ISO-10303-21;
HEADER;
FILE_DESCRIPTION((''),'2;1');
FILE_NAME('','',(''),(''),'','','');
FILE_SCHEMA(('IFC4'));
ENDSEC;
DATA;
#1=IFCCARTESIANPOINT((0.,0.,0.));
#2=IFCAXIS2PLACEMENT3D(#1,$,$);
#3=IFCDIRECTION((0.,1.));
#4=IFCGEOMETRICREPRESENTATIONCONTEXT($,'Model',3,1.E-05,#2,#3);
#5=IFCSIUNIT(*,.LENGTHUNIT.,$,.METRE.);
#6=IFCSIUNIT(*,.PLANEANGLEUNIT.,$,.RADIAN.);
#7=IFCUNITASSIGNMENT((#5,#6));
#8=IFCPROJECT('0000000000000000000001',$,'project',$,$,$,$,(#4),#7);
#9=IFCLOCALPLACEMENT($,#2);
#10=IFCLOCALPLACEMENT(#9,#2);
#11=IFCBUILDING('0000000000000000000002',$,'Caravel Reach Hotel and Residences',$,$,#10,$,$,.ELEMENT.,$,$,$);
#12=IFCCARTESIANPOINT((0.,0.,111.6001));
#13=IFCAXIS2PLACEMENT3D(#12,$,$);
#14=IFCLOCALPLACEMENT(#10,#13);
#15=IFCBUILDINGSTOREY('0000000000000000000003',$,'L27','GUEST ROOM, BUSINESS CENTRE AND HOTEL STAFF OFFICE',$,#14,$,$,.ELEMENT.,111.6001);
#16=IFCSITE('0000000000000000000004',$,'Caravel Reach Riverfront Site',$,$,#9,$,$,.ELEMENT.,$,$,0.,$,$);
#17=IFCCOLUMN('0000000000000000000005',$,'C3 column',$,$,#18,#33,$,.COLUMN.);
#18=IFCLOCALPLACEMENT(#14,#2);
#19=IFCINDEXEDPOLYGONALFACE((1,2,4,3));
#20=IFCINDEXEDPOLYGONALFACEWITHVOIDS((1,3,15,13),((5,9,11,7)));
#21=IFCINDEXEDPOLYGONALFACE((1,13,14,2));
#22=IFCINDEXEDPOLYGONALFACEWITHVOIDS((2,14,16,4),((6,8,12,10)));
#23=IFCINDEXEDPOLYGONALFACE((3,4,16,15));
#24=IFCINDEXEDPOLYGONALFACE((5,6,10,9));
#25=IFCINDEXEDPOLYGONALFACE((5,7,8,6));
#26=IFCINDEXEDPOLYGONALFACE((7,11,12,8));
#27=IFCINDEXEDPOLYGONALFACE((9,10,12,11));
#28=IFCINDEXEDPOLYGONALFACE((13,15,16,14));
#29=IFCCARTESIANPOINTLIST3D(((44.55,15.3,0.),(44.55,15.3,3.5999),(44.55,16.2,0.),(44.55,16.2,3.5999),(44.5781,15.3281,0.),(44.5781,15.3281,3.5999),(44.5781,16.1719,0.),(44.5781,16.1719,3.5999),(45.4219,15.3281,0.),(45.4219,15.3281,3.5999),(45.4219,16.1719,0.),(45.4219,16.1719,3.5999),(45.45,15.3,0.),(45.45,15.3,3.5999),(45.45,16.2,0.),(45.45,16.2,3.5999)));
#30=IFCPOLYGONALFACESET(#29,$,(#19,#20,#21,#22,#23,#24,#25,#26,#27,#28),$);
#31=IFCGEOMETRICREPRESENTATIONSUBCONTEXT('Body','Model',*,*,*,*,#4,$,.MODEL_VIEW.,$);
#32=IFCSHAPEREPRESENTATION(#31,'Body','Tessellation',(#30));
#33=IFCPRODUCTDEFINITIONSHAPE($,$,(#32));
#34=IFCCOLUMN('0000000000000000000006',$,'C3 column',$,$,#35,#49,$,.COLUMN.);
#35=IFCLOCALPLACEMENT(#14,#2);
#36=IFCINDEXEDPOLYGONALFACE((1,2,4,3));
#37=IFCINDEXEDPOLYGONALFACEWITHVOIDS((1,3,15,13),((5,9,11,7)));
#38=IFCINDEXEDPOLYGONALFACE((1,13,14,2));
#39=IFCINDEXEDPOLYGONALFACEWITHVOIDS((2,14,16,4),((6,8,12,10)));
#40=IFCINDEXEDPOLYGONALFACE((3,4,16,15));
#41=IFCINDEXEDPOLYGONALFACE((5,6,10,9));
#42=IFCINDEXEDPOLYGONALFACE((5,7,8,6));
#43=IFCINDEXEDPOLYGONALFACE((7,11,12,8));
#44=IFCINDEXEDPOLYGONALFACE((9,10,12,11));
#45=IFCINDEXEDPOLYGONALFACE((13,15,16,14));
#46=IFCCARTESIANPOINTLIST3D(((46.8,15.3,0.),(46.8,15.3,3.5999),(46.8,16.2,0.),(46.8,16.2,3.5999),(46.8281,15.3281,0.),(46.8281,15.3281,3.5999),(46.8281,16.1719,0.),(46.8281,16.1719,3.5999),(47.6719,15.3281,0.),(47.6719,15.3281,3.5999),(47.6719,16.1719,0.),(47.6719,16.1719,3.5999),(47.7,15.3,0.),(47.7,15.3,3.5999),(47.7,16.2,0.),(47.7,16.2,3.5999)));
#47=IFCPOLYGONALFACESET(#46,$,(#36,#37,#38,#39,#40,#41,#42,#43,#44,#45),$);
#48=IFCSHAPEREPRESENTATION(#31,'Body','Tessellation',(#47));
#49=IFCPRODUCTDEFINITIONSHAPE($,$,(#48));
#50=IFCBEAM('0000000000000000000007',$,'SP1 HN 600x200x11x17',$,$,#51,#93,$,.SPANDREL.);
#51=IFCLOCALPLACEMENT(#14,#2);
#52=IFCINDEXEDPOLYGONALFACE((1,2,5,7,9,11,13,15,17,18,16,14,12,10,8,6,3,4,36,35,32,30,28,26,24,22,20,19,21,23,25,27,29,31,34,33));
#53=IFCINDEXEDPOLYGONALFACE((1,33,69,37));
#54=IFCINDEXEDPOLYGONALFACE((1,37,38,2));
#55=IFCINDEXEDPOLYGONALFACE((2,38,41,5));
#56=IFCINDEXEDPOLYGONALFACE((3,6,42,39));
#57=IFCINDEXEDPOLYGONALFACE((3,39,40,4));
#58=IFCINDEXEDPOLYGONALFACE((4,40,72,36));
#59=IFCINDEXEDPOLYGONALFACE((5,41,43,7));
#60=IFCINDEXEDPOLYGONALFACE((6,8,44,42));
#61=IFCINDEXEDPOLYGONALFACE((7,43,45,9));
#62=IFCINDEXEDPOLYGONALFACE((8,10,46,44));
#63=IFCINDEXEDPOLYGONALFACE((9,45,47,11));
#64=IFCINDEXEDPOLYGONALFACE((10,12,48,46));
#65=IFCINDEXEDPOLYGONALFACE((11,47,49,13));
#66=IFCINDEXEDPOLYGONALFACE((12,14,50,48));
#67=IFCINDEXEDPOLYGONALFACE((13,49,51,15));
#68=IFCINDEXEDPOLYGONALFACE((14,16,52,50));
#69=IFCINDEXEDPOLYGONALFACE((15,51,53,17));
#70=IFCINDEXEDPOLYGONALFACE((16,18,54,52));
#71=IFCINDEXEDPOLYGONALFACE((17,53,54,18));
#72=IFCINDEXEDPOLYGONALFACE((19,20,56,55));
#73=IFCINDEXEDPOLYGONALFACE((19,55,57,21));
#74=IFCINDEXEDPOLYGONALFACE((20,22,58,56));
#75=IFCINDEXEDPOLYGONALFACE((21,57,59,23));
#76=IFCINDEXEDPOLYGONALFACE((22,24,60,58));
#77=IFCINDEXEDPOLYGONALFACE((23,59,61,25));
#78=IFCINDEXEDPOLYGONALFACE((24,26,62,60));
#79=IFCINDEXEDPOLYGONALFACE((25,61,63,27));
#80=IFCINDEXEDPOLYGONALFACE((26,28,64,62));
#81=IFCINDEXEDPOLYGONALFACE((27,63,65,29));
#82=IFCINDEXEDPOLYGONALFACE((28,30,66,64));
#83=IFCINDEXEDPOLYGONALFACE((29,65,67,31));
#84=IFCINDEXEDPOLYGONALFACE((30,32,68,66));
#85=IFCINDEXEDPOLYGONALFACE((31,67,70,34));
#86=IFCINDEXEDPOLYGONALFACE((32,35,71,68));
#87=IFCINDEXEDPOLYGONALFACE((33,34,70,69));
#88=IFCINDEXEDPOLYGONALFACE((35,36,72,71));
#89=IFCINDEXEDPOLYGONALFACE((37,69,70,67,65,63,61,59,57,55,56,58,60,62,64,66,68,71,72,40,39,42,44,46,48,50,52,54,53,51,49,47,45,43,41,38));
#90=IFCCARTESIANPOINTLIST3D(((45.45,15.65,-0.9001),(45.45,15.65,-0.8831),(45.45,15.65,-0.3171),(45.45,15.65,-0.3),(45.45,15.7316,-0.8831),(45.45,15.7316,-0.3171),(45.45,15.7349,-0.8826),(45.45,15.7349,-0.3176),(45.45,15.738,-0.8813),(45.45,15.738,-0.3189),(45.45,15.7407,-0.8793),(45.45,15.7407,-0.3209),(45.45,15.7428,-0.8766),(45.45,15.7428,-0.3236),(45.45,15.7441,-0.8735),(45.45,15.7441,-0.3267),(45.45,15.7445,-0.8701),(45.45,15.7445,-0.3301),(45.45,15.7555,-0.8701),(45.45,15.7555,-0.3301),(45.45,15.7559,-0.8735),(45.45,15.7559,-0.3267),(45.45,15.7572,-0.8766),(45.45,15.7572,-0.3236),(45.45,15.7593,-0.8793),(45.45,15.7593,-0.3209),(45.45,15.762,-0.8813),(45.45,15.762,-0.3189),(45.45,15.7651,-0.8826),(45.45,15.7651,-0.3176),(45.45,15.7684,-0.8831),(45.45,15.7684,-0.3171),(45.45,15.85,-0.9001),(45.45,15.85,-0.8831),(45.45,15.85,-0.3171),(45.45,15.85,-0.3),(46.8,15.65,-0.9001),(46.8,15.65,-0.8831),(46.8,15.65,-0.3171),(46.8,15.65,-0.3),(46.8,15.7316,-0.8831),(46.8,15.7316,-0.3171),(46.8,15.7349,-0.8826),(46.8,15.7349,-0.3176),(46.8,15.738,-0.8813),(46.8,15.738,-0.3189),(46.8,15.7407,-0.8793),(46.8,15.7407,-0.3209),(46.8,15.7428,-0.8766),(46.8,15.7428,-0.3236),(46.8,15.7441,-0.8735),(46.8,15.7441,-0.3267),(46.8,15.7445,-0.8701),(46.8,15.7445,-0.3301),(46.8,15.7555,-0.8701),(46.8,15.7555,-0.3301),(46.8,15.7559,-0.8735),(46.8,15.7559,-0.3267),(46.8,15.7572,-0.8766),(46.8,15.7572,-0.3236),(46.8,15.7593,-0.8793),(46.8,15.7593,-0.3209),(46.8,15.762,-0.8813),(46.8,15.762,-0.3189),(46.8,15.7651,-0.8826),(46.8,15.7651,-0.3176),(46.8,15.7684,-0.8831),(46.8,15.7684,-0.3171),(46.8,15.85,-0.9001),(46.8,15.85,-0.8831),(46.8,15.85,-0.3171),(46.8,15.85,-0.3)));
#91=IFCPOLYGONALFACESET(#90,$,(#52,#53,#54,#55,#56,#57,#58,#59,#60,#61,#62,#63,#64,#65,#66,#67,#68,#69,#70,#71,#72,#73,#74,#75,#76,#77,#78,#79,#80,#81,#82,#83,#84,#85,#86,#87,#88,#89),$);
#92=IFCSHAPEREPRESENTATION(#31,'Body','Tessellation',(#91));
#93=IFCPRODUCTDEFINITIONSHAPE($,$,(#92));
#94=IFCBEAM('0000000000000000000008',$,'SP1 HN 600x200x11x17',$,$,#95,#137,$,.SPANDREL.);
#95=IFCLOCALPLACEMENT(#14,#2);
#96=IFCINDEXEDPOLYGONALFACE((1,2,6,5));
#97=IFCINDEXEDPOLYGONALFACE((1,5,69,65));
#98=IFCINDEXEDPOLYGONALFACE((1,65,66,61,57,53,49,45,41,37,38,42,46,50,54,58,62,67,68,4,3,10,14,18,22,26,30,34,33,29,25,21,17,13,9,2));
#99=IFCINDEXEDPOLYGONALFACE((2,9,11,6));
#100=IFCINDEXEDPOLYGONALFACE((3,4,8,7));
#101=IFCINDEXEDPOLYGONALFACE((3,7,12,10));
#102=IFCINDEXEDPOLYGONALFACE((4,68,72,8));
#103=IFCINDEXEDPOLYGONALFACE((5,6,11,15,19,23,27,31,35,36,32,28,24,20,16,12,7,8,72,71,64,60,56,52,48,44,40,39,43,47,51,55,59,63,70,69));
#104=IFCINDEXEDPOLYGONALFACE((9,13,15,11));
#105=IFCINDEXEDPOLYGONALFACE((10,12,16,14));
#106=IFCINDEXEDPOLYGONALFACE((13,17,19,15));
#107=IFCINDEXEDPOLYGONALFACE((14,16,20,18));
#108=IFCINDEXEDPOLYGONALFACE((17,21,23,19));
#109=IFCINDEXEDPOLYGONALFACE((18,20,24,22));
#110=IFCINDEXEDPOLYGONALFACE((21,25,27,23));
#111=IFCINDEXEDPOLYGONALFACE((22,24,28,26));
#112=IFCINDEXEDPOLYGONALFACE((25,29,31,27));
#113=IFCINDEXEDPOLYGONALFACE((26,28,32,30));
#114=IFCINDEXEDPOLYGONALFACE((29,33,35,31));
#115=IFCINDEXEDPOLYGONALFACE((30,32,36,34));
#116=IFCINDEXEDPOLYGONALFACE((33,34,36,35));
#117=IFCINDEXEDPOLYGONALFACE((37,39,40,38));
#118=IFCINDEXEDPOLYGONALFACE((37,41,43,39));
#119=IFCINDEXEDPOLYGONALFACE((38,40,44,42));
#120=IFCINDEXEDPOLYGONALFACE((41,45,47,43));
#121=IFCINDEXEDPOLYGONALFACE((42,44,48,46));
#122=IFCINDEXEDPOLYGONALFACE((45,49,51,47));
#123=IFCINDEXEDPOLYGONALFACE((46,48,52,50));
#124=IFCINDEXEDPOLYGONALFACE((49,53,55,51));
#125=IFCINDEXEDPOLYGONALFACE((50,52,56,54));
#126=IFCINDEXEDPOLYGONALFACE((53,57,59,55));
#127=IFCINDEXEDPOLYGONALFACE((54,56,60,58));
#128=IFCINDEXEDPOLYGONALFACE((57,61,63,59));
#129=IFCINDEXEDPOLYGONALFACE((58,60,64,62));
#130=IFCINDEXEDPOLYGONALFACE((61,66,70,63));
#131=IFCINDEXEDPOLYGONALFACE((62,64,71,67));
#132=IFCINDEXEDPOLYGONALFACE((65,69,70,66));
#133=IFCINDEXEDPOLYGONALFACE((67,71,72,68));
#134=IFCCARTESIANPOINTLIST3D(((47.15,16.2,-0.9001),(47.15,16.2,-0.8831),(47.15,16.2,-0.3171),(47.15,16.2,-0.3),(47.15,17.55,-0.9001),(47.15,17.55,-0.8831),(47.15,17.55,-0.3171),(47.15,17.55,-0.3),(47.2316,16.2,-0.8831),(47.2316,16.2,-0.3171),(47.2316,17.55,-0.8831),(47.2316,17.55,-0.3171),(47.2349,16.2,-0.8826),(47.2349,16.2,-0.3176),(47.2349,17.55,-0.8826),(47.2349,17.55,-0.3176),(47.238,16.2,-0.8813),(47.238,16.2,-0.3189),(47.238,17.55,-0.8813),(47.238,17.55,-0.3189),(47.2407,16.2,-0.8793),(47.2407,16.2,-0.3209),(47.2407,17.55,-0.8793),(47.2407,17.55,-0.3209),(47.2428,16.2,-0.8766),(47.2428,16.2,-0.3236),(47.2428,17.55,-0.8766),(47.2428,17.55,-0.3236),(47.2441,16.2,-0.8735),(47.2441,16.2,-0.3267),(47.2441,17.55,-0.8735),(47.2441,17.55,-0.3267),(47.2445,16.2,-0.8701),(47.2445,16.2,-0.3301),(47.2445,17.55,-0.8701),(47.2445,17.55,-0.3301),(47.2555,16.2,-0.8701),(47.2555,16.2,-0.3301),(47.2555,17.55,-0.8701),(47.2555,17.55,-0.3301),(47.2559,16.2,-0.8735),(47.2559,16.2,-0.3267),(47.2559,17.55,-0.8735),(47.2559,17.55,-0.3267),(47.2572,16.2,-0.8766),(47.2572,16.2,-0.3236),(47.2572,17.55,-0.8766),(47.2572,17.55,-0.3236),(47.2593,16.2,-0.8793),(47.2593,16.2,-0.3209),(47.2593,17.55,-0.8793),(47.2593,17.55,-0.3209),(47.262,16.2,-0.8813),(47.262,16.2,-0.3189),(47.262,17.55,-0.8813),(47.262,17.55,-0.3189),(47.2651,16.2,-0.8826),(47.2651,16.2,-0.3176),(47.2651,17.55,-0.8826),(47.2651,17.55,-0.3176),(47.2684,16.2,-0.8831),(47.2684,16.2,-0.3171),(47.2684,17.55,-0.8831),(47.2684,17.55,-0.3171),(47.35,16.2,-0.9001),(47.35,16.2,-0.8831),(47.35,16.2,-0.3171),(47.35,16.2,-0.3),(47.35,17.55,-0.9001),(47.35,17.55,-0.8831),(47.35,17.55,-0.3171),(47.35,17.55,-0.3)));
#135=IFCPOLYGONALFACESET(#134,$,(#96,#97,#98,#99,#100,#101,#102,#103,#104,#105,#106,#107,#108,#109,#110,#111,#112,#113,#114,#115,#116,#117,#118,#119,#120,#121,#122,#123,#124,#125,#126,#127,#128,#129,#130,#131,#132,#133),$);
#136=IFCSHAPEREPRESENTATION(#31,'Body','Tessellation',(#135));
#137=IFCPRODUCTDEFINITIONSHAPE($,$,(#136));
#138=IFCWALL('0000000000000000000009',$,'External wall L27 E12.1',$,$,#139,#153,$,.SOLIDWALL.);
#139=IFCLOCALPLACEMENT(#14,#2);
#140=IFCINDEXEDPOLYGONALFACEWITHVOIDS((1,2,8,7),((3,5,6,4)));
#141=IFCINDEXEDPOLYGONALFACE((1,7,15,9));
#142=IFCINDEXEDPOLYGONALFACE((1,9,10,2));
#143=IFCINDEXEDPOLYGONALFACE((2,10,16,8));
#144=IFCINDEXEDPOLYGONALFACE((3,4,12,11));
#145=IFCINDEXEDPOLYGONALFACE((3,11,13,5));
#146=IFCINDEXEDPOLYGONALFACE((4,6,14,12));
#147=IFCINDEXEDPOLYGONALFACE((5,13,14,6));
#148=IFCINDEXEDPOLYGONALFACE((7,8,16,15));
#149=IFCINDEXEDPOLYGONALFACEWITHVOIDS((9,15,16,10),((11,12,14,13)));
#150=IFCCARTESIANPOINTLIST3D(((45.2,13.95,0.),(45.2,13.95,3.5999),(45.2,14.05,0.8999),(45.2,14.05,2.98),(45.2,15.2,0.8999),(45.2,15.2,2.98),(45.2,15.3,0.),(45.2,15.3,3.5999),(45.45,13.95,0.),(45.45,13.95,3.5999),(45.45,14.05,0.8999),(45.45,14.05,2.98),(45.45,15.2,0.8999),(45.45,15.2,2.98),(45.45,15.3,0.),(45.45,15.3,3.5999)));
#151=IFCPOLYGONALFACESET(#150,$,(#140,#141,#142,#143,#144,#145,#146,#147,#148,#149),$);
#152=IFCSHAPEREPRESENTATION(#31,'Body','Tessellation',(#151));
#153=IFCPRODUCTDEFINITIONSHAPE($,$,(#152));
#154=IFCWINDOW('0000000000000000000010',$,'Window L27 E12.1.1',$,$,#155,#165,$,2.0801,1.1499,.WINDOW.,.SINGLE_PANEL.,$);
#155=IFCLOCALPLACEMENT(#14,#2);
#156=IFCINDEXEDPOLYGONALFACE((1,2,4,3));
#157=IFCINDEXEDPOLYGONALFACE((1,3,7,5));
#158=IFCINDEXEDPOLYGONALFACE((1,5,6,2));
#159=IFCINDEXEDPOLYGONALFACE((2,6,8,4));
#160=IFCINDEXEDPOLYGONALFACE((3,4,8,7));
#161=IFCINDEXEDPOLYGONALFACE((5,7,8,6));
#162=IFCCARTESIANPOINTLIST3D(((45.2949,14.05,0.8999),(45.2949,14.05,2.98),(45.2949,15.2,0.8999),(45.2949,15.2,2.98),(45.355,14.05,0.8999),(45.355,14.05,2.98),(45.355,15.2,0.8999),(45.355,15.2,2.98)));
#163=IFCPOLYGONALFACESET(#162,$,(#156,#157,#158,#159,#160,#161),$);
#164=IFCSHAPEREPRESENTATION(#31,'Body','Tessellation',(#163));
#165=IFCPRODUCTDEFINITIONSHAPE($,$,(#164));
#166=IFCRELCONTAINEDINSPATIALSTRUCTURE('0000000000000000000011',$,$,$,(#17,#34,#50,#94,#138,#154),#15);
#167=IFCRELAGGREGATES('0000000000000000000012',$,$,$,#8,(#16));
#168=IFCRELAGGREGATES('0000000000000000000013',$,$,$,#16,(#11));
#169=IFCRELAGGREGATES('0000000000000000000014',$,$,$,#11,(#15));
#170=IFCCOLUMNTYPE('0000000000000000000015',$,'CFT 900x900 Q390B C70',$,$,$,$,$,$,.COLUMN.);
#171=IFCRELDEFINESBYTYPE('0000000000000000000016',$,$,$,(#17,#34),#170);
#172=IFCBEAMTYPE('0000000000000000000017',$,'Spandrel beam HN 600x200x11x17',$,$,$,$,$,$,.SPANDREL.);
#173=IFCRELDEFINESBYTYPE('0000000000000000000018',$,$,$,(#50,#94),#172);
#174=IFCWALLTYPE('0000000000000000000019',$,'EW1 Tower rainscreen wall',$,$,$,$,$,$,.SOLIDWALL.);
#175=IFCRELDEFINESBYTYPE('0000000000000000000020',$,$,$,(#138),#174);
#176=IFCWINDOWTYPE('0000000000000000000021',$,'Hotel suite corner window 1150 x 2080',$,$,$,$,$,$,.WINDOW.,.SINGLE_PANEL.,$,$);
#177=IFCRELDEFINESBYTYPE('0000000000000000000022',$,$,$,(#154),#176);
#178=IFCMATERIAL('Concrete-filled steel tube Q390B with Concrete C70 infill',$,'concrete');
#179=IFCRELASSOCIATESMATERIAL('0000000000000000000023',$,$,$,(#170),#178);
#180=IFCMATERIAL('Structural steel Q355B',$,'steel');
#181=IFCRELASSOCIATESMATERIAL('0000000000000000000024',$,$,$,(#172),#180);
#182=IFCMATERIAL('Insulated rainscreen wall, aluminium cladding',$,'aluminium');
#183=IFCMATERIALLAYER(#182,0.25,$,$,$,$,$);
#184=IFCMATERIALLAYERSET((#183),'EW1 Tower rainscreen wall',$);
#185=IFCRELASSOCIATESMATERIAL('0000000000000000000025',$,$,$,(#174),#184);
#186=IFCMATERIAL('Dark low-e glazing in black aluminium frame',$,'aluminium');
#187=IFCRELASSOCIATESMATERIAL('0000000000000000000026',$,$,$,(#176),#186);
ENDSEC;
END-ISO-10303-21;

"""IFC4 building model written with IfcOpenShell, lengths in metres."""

from ifc_helpers import new_model, si_unit, direction, frame, frame_2d, origin, origin_2d, place, context, subcontext, project, spatial, rectangle, hollow_rectangle, i_section, extrude, material, layer, layer_set, material_profile, profile_set, type_object, element, fill, save


model = new_model("IFC4")

# Units and contexts
model_context = context("Model", 3, precision=1e-05, world=origin(), true_north=direction((0.0, 1.0)))
body_context = subcontext(model_context, "Body", "Model", "MODEL_VIEW")
ifc_project = project(units=[si_unit("LENGTHUNIT", "METRE"), si_unit("PLANEANGLEUNIT", "RADIAN")], contexts=[model_context])

# Site, building, storey
site_placement = place(None, origin())
site = spatial("IfcSite", under=ifc_project, at=site_placement, Name="Caravel Reach Riverfront Site", CompositionType="ELEMENT", RefElevation=0.0)
building_placement = place(site_placement, origin())
building = spatial("IfcBuilding", under=site, at=building_placement, Name="Caravel Reach Hotel and Residences", CompositionType="ELEMENT")
storey_placement = place(building_placement, frame((0.0, 0.0, 111.6001)))
storey = spatial("IfcBuildingStorey", under=building, at=storey_placement, Name="L27", Description="GUEST ROOM, BUSINESS CENTRE AND HOTEL STAFF OFFICE", CompositionType="ELEMENT", Elevation=111.6001)

# Columns
ifc_material_1 = material(Name="Concrete-filled steel tube Q390B with Concrete C70 infill", Category="concrete")
ifc_material_profile_1 = material_profile(ifc_material_1, hollow_rectangle(XDim=0.8999, YDim=0.8999, WallThickness=0.0281, at=origin_2d()), Name="RHS 900x900x28")
ifc_profile_set_1 = profile_set([ifc_material_profile_1], Name="Concrete-filled steel tube Q390B with Concrete C70 infill")
column_type = type_object("IfcColumnType", Name="CFT 900x900 Q390B C70", PredefinedType="COLUMN", material=ifc_profile_set_1)
for number, where, z_axis, x_axis, name in (
    (1, (45.0, 15.75, 0.0), (0.0, 0.0, 1.0), (1.0, 0.0, 0.0), "C3 column"),
    (2, (47.25, 15.75, 0.0), (0.0, 0.0, 1.0), (1.0, 0.0, 0.0), "C3 column"),
):
    element("IfcColumn", number, at=place(storey_placement, frame(where, z_axis=z_axis, x_axis=x_axis)), inside=storey, type_object=column_type, Name=name, PredefinedType="COLUMN", context=body_context, shape_type="SweptSolid", body=[
        extrude(hollow_rectangle(XDim=0.8999, YDim=0.8999, WallThickness=0.0281, at=origin_2d()), origin(), (0.0, 0.0, 1.0), 3.5999),
    ])

# Beams
ifc_material_2 = material(Name="Structural steel Q355B", Category="steel")
ifc_material_profile_2 = material_profile(ifc_material_2, i_section(OverallWidth=0.2, OverallDepth=0.6001, WebThickness=0.011, FlangeThickness=0.0171, FilletRadius=0.0129, at=origin_2d()), Name="HN 600x200x11x17")
ifc_profile_set_2 = profile_set([ifc_material_profile_2], Name="Structural steel Q355B")
beam_type = type_object("IfcBeamType", Name="Spandrel beam HN 600x200x11x17", PredefinedType="SPANDREL", material=ifc_profile_set_2)
for number, where, z_axis, x_axis, name in (
    (3, (45.45, 15.75, -0.6001), (1.0, 0.0, 0.0), (0.0, 1.0, 0.0), "SP1 HN 600x200x11x17"),
    (4, (47.25, 16.2, -0.6001), (0.0, 1.0, 0.0), (-1.0, 0.0, 0.0), "SP1 HN 600x200x11x17"),
):
    element("IfcBeam", number, at=place(storey_placement, frame(where, z_axis=z_axis, x_axis=x_axis)), inside=storey, type_object=beam_type, Name=name, PredefinedType="SPANDREL", context=body_context, shape_type="SweptSolid", body=[
        extrude(i_section(OverallWidth=0.2, OverallDepth=0.6001, WebThickness=0.011, FlangeThickness=0.0171, FilletRadius=0.0129, at=origin_2d()), origin(), (0.0, 0.0, 1.0), 1.3501),
    ])

# Wall, opening, window
ifc_material_3 = material(Name="Insulated rainscreen wall, aluminium cladding", Category="aluminium")
ifc_layer_1 = layer(ifc_material_3, 0.25)
ifc_layer_set_1 = layer_set([ifc_layer_1], Name="EW1 Tower rainscreen wall")
wall_type_1 = type_object("IfcWallType", Name="EW1 Tower rainscreen wall", PredefinedType="SOLIDWALL", material=ifc_layer_set_1)
wall_1_placement = place(storey_placement, frame((45.325, 13.95, 0.0), z_axis=(0.0, 0.0, 1.0), x_axis=(0.0, 1.0, 0.0)))
wall_1 = element("IfcWall", 5, at=wall_1_placement, inside=storey, type_object=wall_type_1, Name="External wall L27 E12.1", PredefinedType="SOLIDWALL", context=body_context, shape_type="SweptSolid", body=[
    extrude(rectangle(XDim=1.3501, YDim=0.25, at=frame_2d((0.675, 0.0))), origin(), (0.0, 0.0, 1.0), 3.5999),
])
opening_1_placement = place(wall_1_placement, frame((0.1001, 0.0, 0.8999)))
opening_1 = element("IfcOpeningElement", 6, at=opening_1_placement, cuts=wall_1, PredefinedType="OPENING", context=body_context, shape_type="SweptSolid", body=[
    extrude(rectangle(XDim=1.1499, YDim=2.0801, at=frame_2d((0.575, 1.04))), frame((0.0, 0.135, 0.0), z_axis=(0.0, -1.0, 0.0), x_axis=(1.0, 0.0, 0.0)), (0.0, 0.0, 1.0), 0.27),
])
ifc_material_4 = material(Name="Dark low-e glazing in black aluminium frame", Category="aluminium")
window_type_1 = type_object("IfcWindowType", Name="Hotel suite corner window 1150 x 2080", PartitioningType="SINGLE_PANEL", PredefinedType="WINDOW", material=ifc_material_4)
window_1_placement = place(opening_1_placement, origin())
window_1 = element("IfcWindow", 7, at=window_1_placement, inside=storey, type_object=window_type_1, Name="Window L27 E12.1.1", OverallHeight=2.0801, OverallWidth=1.1499, PartitioningType="SINGLE_PANEL", PredefinedType="WINDOW", context=body_context, shape_type="SweptSolid", body=[
    extrude(rectangle(XDim=1.1499, YDim=2.0801, at=frame_2d((0.575, 1.04))), frame((0.0, 0.03, 0.0), z_axis=(0.0, -1.0, 0.0), x_axis=(1.0, 0.0, 0.0)), (0.0, 0.0, 1.0), 0.0601),
])
fill(opening_1, window_1)

save(model, "model.ifc")
